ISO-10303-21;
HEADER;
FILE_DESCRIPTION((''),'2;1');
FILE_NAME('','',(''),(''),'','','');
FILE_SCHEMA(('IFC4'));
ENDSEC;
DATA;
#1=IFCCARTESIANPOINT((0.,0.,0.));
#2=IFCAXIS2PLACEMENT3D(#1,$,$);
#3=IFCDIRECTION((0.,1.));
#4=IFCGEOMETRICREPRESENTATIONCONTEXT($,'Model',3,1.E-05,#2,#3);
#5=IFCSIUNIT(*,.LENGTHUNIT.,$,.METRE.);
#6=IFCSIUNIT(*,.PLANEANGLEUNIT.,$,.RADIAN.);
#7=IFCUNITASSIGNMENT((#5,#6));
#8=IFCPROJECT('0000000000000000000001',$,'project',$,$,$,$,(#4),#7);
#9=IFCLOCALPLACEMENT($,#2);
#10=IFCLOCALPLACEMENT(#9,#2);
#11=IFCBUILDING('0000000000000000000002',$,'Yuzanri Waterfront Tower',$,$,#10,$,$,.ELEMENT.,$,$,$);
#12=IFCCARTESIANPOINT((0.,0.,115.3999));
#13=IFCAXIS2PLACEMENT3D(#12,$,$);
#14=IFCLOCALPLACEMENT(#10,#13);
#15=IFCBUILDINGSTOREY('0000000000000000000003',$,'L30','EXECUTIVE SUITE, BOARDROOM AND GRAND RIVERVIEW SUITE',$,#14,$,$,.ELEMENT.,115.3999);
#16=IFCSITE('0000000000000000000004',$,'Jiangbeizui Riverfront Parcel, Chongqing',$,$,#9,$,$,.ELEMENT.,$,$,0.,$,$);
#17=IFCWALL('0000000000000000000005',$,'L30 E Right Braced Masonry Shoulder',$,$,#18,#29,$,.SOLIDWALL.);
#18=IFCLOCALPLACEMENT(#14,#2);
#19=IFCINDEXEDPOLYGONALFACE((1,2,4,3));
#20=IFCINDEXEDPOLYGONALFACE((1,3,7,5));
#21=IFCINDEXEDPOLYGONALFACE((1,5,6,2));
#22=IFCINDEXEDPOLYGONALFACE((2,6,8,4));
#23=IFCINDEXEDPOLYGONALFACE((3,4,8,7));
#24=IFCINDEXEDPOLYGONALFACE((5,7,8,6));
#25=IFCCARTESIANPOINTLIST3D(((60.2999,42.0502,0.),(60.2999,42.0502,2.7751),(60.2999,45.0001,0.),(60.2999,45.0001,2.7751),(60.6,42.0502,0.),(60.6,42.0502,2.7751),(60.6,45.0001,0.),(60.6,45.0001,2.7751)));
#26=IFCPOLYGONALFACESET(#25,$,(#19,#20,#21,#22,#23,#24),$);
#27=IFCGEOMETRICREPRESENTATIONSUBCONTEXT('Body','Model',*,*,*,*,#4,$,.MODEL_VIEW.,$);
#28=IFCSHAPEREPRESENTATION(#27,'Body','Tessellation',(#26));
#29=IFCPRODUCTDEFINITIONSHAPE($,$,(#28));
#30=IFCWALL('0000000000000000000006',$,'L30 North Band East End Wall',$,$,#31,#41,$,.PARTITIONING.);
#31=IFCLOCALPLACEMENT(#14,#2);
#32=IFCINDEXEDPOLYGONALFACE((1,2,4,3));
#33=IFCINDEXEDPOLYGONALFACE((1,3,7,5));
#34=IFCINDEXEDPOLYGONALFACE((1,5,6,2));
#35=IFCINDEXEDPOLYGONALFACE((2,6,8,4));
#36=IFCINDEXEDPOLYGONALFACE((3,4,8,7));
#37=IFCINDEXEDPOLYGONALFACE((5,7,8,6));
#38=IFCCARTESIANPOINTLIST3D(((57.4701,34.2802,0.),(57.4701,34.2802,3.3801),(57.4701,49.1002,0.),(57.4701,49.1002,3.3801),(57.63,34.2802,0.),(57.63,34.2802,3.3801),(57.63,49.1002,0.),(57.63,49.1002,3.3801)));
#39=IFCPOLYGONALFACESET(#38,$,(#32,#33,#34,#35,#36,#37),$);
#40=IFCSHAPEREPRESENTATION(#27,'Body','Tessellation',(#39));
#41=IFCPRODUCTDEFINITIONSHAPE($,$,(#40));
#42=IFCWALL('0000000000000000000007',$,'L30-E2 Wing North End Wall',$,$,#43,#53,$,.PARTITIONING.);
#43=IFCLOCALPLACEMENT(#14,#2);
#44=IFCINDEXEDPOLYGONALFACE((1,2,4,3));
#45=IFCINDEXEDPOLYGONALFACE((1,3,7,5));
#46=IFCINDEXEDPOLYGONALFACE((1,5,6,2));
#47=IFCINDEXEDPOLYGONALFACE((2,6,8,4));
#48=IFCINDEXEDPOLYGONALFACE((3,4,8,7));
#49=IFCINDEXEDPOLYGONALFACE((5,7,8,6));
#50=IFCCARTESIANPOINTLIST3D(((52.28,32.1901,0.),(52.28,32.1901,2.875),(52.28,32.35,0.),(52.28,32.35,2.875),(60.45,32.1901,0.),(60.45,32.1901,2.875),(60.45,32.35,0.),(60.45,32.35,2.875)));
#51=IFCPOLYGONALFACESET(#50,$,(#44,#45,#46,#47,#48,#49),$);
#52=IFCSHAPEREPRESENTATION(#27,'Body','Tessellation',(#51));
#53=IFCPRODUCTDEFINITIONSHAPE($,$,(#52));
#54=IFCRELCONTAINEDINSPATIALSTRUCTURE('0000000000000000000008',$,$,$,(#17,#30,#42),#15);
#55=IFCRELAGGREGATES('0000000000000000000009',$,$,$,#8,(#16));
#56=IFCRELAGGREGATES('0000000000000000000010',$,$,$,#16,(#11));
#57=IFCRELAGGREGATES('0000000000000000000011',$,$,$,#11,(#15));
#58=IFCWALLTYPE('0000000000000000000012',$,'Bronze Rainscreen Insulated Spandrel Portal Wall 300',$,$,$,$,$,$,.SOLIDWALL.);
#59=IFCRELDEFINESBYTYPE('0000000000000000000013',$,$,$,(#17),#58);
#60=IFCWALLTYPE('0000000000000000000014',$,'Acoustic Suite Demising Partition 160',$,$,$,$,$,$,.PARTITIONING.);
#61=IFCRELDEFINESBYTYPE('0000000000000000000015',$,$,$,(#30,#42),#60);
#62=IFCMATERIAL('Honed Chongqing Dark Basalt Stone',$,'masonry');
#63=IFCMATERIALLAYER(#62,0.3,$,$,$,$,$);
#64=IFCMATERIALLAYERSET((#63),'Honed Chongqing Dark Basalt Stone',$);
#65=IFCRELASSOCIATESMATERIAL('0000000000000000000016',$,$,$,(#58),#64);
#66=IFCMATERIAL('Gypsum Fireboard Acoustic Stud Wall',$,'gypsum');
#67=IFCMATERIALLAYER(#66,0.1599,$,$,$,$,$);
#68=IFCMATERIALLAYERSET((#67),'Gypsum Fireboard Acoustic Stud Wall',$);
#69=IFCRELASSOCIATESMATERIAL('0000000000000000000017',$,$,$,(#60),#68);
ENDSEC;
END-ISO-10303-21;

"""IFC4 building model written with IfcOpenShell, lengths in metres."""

from ifc_helpers import new_model, si_unit, direction, frame, frame_2d, origin, place, context, subcontext, project, spatial, rectangle, extrude, source, transform, mapped, material, layer, layer_set, type_object, element, save


model = new_model("IFC4")

# Units and contexts
model_context = context("Model", 3, precision=1e-05, world=origin(), true_north=direction((0.0, 1.0)))
body_context = subcontext(model_context, "Body", "Model", "MODEL_VIEW")
ifc_project = project(units=[si_unit("LENGTHUNIT", "METRE"), si_unit("PLANEANGLEUNIT", "RADIAN")], contexts=[model_context])

# Site, building, storey
site_placement = place(None, origin())
site = spatial("IfcSite", under=ifc_project, at=site_placement, Name="Jiangbeizui Riverfront Parcel, Chongqing", CompositionType="ELEMENT", RefElevation=0.0)
building_placement = place(site_placement, origin())
building = spatial("IfcBuilding", under=site, at=building_placement, Name="Yuzanri Waterfront Tower", CompositionType="ELEMENT")
storey_placement = place(building_placement, frame((0.0, 0.0, 115.3999)))
storey = spatial("IfcBuildingStorey", under=building, at=storey_placement, Name="L30", Description="EXECUTIVE SUITE, BOARDROOM AND GRAND RIVERVIEW SUITE", CompositionType="ELEMENT", Elevation=115.3999)

# Shared definitions
ifc_material_1 = material(Name="Honed Chongqing Dark Basalt Stone", Category="masonry")
ifc_layer_1 = layer(ifc_material_1, 0.3)
ifc_layer_set_1 = layer_set([ifc_layer_1], Name="Honed Chongqing Dark Basalt Stone")
wall_type_1 = type_object("IfcWallType", Name="Bronze Rainscreen Insulated Spandrel Portal Wall 300", PredefinedType="SOLIDWALL", material=ifc_layer_set_1)

# Walls
shared_shape_1 = source(origin(), body_context, "Body", "SweptSolid", [
    extrude(rectangle(XDim=2.95, YDim=0.3, at=frame_2d((1.4751, 0.0))), origin(), (0.0, 0.0, 1.0), 2.7751),
])
for number, where, z_axis, x_axis, name in (
    (1, (60.45, 42.05, 0.0), (0.0, 0.0, 1.0), (0.0, 1.0, 0.0), "L30 E Right Braced Masonry Shoulder"),
):
    element("IfcWall", number, at=place(storey_placement, frame(where, z_axis=z_axis, x_axis=x_axis)), inside=storey, type_object=wall_type_1, Name=name, PredefinedType="SOLIDWALL", context=body_context, shape_type="MappedRepresentation", body=[
        mapped(shared_shape_1, transform((0.0, 0.0, 0.0), scale=1.0)),
    ])
ifc_material_2 = material(Name="Gypsum Fireboard Acoustic Stud Wall", Category="gypsum")
ifc_layer_2 = layer(ifc_material_2, 0.1599)
ifc_layer_set_2 = layer_set([ifc_layer_2], Name="Gypsum Fireboard Acoustic Stud Wall")
wall_type_2 = type_object("IfcWallType", Name="Acoustic Suite Demising Partition 160", PredefinedType="PARTITIONING", material=ifc_layer_set_2)
shared_shape_2 = source(origin(), body_context, "Body", "SweptSolid", [
    extrude(rectangle(XDim=14.8201, YDim=0.1599, at=frame_2d((7.4102, 0.0))), origin(), (0.0, 0.0, 1.0), 3.3801),
])
wall_1_placement = place(storey_placement, frame((57.55, 34.28, 0.0), z_axis=(0.0, 0.0, 1.0), x_axis=(0.0, 1.0, 0.0)))
element("IfcWall", 2, at=wall_1_placement, inside=storey, type_object=wall_type_2, Name="L30 North Band East End Wall", PredefinedType="PARTITIONING", context=body_context, shape_type="MappedRepresentation", body=[
    mapped(shared_shape_2, transform((0.0, 0.0, 0.0), scale=1.0)),
])
shared_shape_3 = source(origin(), body_context, "Body", "SweptSolid", [
    extrude(rectangle(XDim=8.1699, YDim=0.1599, at=frame_2d((4.085, 0.0))), origin(), (0.0, 0.0, 1.0), 2.875),
])
wall_2_placement = place(storey_placement, frame((52.28, 32.27, 0.0), z_axis=(0.0, 0.0, 1.0), x_axis=(1.0, 0.0, 0.0)))
element("IfcWall", 3, at=wall_2_placement, inside=storey, type_object=wall_type_2, Name="L30-E2 Wing North End Wall", PredefinedType="PARTITIONING", context=body_context, shape_type="MappedRepresentation", body=[
    mapped(shared_shape_3, transform((0.0, 0.0, 0.0), scale=1.0)),
])

save(model, "model.ifc")
